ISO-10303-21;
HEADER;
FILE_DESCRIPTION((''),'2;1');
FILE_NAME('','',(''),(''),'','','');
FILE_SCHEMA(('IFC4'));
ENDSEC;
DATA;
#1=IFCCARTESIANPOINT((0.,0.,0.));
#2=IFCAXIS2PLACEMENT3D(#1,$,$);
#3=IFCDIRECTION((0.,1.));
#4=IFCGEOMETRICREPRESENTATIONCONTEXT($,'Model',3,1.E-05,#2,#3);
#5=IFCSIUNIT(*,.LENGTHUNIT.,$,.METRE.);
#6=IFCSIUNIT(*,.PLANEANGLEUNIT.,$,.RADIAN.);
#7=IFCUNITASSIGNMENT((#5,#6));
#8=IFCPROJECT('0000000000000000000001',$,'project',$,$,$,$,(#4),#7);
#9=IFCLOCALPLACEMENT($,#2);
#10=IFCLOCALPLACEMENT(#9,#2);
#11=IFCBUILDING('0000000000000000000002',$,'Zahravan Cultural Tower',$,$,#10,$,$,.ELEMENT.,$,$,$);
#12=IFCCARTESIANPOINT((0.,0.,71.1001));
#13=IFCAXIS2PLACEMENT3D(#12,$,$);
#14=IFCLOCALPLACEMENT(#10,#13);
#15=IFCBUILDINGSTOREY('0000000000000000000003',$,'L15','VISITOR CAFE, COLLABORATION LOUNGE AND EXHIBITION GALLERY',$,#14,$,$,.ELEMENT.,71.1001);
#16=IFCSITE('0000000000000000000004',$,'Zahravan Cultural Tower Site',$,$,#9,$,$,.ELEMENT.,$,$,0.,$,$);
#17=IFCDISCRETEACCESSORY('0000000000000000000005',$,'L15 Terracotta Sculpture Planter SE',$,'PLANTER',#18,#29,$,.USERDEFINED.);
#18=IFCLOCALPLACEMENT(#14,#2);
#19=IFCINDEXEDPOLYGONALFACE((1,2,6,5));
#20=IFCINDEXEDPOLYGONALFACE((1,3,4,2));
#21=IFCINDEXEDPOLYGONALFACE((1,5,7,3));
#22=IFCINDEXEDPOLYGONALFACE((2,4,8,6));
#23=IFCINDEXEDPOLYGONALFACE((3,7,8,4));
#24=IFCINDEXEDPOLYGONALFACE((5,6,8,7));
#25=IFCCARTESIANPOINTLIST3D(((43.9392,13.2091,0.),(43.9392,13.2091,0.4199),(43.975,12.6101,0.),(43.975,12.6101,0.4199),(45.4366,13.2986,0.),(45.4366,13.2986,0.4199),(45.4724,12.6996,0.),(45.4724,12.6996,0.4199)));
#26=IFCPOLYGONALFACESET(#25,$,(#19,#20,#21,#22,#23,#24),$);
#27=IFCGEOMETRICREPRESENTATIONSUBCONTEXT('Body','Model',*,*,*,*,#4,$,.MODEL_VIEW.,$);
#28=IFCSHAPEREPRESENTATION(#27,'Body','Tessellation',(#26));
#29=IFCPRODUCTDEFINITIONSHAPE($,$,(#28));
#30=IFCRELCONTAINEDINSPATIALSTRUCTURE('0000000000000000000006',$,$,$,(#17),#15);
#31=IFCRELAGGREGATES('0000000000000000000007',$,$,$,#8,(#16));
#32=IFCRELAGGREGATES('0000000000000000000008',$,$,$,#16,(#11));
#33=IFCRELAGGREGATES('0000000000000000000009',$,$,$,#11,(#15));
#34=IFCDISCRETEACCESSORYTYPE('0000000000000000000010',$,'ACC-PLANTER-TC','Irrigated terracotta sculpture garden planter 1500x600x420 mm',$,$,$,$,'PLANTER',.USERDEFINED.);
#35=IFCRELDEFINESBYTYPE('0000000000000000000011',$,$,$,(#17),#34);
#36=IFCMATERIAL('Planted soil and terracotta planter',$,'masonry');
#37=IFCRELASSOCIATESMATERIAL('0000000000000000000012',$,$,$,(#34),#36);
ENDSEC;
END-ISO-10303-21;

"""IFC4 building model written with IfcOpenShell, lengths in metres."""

from ifc_helpers import new_model, si_unit, direction, frame, origin, origin_2d, place, context, subcontext, project, spatial, rectangle, extrude, source, transform, mapped, material, type_object, element, save


model = new_model("IFC4")

# Units and contexts
model_context = context("Model", 3, precision=1e-05, world=origin(), true_north=direction((0.0, 1.0)))
body_context = subcontext(model_context, "Body", "Model", "MODEL_VIEW")
ifc_project = project(units=[si_unit("LENGTHUNIT", "METRE"), si_unit("PLANEANGLEUNIT", "RADIAN")], contexts=[model_context])

# Site, building, storey
site_placement = place(None, origin())
site = spatial("IfcSite", under=ifc_project, at=site_placement, Name="Zahravan Cultural Tower Site", CompositionType="ELEMENT", RefElevation=0.0)
building_placement = place(site_placement, origin())
building = spatial("IfcBuilding", under=site, at=building_placement, Name="Zahravan Cultural Tower", CompositionType="ELEMENT")
storey_placement = place(building_placement, frame((0.0, 0.0, 71.1001)))
storey = spatial("IfcBuildingStorey", under=building, at=storey_placement, Name="L15", Description="VISITOR CAFE, COLLABORATION LOUNGE AND EXHIBITION GALLERY", CompositionType="ELEMENT", Elevation=71.1001)

# Discrete accessory
ifc_material_1 = material(Name="Planted soil and terracotta planter", Category="masonry")
discrete_accessory_type = type_object("IfcDiscreteAccessoryType", Name="ACC-PLANTER-TC", Description="Irrigated terracotta sculpture garden planter 1500x600x420 mm", ElementType="PLANTER", PredefinedType="USERDEFINED", material=ifc_material_1)
shared_shape_1 = source(origin(), body_context, "Body", "SweptSolid", [
    extrude(rectangle(XDim=1.5, YDim=0.6001, at=origin_2d()), origin(), (0.0, 0.0, 1.0), 0.4199),
])
discrete_accessory_placement = place(storey_placement, frame((44.7058, 12.9543, 0.0), z_axis=(0.0, 0.0, 1.0), x_axis=(0.998219, 0.059655, 0.0)))
element("IfcDiscreteAccessory", 1, at=discrete_accessory_placement, inside=storey, type_object=discrete_accessory_type, Name="L15 Terracotta Sculpture Planter SE", ObjectType="PLANTER", PredefinedType="USERDEFINED", context=body_context, shape_type="MappedRepresentation", body=[
    mapped(shared_shape_1, transform((0.0, 0.0, 0.0), x_axis=(1.0, 0.0, 0.0), y_axis=(0.0, 1.0, 0.0), z_axis=(0.0, 0.0, 1.0), scale=1.0)),
])

save(model, "model.ifc")
